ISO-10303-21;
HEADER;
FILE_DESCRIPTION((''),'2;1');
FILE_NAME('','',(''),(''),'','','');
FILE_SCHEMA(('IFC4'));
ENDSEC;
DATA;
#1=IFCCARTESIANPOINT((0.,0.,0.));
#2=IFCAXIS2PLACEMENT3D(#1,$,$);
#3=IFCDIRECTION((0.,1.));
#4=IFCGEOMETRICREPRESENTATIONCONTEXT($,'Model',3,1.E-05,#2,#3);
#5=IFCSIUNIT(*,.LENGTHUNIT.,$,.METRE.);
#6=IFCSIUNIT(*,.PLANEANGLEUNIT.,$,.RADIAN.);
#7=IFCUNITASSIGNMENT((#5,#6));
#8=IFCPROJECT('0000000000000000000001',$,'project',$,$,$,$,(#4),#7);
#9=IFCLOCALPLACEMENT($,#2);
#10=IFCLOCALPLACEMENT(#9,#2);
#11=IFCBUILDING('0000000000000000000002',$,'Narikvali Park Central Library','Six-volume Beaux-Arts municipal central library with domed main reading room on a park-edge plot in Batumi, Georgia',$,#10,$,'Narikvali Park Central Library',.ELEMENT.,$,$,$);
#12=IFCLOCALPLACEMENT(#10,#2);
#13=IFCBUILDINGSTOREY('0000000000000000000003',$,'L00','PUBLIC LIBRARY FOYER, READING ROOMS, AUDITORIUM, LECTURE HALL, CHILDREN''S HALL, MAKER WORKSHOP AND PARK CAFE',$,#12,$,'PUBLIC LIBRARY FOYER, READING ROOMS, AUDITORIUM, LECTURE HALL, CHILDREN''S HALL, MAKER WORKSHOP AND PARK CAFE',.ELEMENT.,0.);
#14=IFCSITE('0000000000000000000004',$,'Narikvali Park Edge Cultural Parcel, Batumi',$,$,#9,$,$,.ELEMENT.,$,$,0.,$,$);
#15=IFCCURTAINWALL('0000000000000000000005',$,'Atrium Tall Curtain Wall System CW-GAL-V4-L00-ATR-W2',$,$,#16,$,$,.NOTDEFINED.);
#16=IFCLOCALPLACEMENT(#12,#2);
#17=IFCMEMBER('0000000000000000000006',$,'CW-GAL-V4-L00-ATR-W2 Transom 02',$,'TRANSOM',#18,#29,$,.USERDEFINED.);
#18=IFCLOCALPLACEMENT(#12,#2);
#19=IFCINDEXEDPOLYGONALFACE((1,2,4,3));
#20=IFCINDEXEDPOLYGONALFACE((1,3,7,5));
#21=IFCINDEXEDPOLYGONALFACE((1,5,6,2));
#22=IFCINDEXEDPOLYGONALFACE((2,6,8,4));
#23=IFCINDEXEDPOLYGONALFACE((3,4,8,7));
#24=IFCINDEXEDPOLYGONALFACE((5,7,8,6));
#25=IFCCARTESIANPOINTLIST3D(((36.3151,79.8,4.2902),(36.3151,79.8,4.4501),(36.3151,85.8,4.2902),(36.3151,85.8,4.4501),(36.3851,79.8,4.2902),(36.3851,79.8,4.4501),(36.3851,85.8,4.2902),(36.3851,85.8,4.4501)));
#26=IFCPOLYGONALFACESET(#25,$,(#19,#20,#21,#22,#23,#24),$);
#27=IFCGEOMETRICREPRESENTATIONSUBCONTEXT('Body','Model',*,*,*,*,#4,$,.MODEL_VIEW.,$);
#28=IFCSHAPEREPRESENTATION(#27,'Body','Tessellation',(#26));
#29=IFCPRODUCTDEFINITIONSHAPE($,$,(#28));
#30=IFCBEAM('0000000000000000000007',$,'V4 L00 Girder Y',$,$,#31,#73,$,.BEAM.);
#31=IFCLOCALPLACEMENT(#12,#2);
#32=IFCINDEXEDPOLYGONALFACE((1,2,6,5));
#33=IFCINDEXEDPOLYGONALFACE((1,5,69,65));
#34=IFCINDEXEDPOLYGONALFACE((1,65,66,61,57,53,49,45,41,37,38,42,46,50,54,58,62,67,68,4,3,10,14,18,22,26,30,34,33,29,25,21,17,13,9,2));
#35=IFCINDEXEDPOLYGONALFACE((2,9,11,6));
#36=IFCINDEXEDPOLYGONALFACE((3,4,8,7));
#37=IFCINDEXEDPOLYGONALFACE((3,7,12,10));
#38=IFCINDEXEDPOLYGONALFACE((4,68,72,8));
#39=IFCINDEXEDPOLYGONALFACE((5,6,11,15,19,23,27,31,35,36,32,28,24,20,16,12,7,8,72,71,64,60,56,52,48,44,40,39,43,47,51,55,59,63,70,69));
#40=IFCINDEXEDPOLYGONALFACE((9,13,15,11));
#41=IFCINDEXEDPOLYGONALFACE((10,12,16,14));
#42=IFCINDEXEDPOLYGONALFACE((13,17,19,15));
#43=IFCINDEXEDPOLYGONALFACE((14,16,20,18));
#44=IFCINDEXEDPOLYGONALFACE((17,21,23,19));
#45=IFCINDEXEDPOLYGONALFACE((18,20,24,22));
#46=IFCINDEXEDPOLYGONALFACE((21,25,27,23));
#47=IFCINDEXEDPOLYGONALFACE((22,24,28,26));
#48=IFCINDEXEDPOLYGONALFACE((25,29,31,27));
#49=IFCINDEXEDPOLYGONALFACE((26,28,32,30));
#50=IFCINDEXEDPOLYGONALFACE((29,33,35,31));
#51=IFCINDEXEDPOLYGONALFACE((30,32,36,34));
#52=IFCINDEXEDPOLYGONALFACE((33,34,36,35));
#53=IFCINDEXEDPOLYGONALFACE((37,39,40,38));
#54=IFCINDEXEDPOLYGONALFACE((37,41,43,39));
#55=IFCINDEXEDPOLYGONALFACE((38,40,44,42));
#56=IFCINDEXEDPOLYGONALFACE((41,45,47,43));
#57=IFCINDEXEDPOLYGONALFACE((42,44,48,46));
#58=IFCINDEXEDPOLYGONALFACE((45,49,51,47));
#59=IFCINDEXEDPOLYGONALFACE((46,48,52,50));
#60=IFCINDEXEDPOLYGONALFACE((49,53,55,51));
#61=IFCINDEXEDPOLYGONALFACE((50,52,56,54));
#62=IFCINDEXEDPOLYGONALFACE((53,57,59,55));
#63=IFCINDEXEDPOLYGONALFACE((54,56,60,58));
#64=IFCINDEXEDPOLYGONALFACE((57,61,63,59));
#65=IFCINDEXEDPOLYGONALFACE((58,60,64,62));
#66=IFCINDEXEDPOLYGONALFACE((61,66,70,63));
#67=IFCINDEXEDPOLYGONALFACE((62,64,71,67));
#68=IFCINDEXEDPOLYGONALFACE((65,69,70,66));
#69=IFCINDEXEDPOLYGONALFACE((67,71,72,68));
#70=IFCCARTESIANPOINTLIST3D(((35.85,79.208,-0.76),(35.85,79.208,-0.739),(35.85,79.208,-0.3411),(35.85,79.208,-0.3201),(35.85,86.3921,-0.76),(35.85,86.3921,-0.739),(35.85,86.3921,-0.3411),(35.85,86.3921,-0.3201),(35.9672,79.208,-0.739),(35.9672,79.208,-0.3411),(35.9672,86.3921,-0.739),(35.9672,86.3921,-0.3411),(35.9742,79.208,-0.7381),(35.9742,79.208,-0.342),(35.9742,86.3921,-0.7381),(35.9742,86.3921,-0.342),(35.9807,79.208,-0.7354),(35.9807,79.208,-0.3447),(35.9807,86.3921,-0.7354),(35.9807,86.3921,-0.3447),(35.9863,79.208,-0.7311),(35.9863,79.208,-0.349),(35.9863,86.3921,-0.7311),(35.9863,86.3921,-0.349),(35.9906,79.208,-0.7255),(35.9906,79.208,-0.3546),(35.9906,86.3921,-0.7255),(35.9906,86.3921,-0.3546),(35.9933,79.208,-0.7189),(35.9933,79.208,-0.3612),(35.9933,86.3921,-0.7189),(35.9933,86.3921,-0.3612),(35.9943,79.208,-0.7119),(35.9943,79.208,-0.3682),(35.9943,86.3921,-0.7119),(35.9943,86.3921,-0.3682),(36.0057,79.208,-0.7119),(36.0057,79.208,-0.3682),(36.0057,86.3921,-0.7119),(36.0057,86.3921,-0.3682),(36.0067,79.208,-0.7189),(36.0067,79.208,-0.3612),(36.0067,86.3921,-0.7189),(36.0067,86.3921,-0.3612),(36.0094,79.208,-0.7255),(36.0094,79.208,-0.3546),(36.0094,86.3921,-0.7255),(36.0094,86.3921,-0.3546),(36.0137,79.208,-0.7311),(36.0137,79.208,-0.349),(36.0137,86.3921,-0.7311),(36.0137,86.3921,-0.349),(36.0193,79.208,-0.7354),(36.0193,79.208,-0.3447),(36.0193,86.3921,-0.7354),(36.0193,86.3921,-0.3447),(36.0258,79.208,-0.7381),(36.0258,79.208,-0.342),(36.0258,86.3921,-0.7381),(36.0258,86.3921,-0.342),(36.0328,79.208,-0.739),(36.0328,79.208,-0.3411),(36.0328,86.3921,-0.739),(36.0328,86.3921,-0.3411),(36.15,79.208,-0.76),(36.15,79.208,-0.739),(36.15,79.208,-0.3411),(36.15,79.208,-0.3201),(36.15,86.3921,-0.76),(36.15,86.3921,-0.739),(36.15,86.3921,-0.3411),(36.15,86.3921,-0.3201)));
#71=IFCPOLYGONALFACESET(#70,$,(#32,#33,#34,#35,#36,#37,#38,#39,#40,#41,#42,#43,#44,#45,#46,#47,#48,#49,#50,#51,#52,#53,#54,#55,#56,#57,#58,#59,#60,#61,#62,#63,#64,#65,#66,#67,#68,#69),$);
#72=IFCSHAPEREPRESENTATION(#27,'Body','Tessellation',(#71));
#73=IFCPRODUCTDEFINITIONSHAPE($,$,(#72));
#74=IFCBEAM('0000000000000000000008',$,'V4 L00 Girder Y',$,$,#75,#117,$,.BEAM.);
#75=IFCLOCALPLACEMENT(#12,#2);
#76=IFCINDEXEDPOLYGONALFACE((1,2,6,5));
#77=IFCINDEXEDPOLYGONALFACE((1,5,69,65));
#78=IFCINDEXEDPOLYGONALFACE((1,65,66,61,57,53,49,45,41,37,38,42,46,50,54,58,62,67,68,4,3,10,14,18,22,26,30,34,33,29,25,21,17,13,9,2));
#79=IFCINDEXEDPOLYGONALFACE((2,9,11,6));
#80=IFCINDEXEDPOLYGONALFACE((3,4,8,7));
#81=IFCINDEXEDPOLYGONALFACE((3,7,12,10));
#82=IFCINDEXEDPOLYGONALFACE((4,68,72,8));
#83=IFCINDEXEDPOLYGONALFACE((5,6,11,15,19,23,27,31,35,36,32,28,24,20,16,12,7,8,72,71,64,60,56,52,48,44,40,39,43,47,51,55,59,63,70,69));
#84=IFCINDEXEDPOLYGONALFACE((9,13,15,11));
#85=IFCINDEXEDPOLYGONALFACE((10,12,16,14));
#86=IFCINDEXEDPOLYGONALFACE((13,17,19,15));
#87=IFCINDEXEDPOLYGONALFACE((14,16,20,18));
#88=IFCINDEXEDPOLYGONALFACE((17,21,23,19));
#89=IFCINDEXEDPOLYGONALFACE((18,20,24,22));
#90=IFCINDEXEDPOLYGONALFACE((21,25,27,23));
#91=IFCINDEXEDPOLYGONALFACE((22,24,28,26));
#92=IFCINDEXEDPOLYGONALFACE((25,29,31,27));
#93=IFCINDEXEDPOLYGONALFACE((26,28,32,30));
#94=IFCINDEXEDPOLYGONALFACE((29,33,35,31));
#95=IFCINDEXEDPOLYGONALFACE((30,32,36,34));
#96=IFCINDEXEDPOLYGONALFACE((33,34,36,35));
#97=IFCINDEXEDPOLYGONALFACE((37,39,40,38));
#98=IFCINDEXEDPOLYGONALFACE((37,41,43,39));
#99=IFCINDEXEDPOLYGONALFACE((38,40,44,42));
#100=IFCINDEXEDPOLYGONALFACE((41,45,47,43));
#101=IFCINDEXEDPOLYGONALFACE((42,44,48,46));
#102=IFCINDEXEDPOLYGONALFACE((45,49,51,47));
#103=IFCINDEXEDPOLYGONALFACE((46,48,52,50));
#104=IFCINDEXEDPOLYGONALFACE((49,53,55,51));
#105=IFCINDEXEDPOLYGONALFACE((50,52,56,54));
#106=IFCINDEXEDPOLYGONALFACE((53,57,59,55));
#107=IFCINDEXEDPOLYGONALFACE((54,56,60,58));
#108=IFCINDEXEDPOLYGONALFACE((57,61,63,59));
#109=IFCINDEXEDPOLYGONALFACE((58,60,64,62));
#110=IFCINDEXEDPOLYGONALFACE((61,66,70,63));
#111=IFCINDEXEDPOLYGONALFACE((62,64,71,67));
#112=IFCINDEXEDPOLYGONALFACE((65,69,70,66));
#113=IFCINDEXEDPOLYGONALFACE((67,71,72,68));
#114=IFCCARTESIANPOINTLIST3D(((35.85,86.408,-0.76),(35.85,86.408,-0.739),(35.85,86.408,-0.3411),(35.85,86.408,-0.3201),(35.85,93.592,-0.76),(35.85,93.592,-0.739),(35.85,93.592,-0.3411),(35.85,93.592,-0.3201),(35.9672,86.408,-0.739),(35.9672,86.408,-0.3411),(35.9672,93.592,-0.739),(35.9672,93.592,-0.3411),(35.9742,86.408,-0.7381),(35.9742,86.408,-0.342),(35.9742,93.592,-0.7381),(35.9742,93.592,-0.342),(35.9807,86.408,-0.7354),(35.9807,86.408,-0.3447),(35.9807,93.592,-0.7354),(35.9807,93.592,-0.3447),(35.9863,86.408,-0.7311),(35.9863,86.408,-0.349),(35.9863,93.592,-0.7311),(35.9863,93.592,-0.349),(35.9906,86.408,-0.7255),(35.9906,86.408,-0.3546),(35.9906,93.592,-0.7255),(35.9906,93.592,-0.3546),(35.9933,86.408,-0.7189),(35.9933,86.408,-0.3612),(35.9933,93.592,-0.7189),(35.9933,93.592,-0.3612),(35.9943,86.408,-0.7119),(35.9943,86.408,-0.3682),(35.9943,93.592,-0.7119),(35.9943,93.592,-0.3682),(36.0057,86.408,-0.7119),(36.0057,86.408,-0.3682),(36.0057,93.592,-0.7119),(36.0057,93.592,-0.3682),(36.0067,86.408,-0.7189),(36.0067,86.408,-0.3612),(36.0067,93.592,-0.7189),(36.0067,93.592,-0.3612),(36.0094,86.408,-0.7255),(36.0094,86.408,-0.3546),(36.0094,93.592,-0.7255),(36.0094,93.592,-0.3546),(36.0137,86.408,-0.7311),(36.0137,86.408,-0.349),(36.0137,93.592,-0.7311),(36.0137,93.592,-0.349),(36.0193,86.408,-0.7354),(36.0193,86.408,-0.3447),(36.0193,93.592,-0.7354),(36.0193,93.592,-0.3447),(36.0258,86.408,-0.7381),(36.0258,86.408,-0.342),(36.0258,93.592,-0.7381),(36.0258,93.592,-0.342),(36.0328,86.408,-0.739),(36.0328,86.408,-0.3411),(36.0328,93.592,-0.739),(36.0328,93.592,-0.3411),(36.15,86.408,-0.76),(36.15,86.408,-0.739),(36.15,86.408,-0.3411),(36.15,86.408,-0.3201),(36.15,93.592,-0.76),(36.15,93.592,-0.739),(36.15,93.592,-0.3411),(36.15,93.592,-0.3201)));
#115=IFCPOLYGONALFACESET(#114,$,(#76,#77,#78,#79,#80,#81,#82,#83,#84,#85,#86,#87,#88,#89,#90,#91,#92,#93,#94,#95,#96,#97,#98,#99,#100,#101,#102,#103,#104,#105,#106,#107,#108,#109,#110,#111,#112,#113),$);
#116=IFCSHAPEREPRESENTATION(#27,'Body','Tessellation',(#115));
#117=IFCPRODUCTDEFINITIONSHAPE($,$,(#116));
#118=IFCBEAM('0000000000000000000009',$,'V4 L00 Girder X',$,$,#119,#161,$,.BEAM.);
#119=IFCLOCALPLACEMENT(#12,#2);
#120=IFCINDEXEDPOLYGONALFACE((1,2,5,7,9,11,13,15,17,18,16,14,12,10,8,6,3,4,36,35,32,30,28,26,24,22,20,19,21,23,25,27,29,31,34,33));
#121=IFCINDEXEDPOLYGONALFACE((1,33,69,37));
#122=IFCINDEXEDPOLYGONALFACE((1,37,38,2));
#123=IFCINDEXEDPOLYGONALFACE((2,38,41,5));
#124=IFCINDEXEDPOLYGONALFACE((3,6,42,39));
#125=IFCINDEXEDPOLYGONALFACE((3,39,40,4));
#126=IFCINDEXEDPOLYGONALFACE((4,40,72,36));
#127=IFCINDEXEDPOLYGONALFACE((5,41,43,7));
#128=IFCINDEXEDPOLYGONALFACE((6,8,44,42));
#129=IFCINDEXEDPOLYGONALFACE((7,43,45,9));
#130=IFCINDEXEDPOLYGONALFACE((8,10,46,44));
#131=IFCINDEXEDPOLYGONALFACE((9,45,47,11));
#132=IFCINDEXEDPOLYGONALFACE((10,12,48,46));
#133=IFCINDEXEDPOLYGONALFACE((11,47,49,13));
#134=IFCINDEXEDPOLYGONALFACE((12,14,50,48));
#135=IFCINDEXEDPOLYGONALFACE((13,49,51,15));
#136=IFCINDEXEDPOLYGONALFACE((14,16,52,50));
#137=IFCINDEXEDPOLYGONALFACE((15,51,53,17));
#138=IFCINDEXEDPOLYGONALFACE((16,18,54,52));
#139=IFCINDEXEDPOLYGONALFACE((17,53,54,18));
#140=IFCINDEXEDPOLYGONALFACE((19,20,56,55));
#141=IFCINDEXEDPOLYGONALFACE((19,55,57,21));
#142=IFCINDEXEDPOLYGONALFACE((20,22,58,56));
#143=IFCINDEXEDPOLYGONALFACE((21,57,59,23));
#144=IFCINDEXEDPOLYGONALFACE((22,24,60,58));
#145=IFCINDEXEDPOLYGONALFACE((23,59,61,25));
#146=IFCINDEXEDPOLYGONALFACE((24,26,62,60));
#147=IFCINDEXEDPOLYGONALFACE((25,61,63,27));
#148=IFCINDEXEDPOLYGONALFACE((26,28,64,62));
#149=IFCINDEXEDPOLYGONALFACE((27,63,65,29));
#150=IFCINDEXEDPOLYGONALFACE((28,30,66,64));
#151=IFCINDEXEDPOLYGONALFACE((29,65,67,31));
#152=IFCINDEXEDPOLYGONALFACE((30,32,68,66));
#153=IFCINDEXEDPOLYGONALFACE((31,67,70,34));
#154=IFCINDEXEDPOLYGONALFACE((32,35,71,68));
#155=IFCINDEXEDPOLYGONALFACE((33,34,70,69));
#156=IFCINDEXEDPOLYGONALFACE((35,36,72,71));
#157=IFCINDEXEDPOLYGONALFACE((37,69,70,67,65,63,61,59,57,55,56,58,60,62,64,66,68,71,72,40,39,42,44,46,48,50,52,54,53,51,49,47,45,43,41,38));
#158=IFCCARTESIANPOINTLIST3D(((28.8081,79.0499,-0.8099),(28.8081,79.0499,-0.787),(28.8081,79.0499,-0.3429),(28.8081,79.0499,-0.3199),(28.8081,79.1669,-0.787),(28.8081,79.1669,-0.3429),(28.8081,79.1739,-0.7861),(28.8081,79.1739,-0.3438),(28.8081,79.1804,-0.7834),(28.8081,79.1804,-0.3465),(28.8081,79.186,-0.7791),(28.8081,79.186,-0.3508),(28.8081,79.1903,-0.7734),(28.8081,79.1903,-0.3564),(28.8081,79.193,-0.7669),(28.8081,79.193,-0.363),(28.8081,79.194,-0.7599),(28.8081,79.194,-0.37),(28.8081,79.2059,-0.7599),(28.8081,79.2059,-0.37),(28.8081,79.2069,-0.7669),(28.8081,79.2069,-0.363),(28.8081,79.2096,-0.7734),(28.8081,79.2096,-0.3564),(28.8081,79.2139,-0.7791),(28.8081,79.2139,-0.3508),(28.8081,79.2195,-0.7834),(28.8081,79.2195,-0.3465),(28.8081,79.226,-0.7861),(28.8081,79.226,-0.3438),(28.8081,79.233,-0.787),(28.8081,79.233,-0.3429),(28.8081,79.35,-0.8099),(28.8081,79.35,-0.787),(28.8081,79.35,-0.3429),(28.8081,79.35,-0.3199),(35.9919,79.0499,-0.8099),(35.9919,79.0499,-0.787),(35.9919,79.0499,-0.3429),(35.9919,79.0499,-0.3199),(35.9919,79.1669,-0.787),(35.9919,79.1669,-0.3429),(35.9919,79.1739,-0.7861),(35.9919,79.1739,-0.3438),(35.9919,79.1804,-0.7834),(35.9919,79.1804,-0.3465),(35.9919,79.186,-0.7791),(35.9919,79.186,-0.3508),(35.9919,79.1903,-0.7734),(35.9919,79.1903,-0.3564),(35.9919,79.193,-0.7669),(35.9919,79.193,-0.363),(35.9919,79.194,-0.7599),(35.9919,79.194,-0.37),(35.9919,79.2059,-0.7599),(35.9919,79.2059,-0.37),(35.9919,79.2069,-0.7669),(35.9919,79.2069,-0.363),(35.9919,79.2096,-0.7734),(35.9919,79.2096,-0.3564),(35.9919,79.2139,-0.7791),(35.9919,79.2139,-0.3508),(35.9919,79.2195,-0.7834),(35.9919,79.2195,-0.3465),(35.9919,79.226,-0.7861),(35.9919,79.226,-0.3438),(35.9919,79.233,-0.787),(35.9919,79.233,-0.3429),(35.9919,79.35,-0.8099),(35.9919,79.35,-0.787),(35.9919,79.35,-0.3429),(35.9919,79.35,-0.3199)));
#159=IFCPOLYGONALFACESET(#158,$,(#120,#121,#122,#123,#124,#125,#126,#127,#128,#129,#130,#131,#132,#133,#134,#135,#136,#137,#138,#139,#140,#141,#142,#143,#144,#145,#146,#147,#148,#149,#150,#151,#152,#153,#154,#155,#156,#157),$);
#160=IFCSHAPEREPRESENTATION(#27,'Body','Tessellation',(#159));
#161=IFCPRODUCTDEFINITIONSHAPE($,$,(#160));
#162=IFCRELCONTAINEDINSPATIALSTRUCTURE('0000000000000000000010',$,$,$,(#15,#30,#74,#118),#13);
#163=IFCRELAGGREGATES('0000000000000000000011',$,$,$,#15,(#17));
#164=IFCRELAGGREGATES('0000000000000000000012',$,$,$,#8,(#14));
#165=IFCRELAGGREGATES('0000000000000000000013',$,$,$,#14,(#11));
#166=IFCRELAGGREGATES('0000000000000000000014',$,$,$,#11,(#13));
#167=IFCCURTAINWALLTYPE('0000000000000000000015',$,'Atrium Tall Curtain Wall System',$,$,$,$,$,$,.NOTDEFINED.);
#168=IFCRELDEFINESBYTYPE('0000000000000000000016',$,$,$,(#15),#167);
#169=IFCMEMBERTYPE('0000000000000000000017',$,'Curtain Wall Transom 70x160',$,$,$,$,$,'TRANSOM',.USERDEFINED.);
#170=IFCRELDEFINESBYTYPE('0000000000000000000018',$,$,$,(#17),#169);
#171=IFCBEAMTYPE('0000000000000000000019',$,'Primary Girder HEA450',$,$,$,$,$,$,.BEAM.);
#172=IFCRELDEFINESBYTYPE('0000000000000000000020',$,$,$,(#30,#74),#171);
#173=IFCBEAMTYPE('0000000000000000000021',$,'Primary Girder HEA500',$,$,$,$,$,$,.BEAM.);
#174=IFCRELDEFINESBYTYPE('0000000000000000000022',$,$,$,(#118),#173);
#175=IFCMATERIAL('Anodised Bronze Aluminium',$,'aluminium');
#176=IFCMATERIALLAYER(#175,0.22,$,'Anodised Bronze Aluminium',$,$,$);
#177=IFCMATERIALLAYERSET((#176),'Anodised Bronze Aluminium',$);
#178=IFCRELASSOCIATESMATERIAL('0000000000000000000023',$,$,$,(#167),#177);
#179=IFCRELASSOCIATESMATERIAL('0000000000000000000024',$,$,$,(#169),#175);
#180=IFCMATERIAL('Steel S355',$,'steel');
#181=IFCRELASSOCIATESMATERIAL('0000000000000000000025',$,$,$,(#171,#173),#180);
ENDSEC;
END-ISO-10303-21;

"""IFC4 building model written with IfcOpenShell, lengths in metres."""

from ifc_helpers import new_model, si_unit, direction, frame, origin, origin_2d, place, context, subcontext, project, spatial, rectangle, i_section, extrude, material, layer, layer_set, material_profile, profile_set, type_object, element, aggregate, save


model = new_model("IFC4")

# Units and contexts
model_context = context("Model", 3, precision=1e-05, world=origin(), true_north=direction((0.0, 1.0)))
body_context = subcontext(model_context, "Body", "Model", "MODEL_VIEW")
ifc_project = project(units=[si_unit("LENGTHUNIT", "METRE"), si_unit("PLANEANGLEUNIT", "RADIAN")], contexts=[model_context])

# Site, building, storey
site_placement = place(None, origin())
site = spatial("IfcSite", under=ifc_project, at=site_placement, Name="Narikvali Park Edge Cultural Parcel, Batumi", CompositionType="ELEMENT", RefElevation=0.0)
building_placement = place(site_placement, origin())
building = spatial("IfcBuilding", under=site, at=building_placement, Name="Narikvali Park Central Library", Description="Six-volume Beaux-Arts municipal central library with domed main reading room on a park-edge plot in Batumi, Georgia", LongName="Narikvali Park Central Library", CompositionType="ELEMENT")
storey_placement = place(building_placement, origin())
storey = spatial("IfcBuildingStorey", under=building, at=storey_placement, Name="L00", Description="PUBLIC LIBRARY FOYER, READING ROOMS, AUDITORIUM, LECTURE HALL, CHILDREN'S HALL, MAKER WORKSHOP AND PARK CAFE", LongName="PUBLIC LIBRARY FOYER, READING ROOMS, AUDITORIUM, LECTURE HALL, CHILDREN'S HALL, MAKER WORKSHOP AND PARK CAFE", CompositionType="ELEMENT", Elevation=0.0)

# Shared definitions
ifc_material_1 = material(Name="Steel S355", Category="steel")

# Curtain wall, member
ifc_material_2 = material(Name="Anodised Bronze Aluminium", Category="aluminium")
ifc_layer_1 = layer(ifc_material_2, 0.22, Name="Anodised Bronze Aluminium")
ifc_layer_set_1 = layer_set([ifc_layer_1], Name="Anodised Bronze Aluminium")
curtain_wall_type = type_object("IfcCurtainWallType", Name="Atrium Tall Curtain Wall System", PredefinedType="NOTDEFINED", material=ifc_layer_set_1)
curtain_wall_placement = place(storey_placement, origin())
curtain_wall = element("IfcCurtainWall", 1, at=curtain_wall_placement, inside=storey, type_object=curtain_wall_type, Name="Atrium Tall Curtain Wall System CW-GAL-V4-L00-ATR-W2", PredefinedType="NOTDEFINED")
ifc_material_profile_1 = material_profile(ifc_material_2, rectangle(XDim=0.0701, YDim=0.1599, at=origin_2d()), Name="CW TRANSOM 70x160")
ifc_profile_set_1 = profile_set([ifc_material_profile_1], Name="Anodised Bronze Aluminium")
member_type_1 = type_object("IfcMemberType", Name="Curtain Wall Transom 70x160", ElementType="TRANSOM", PredefinedType="USERDEFINED", material=ifc_profile_set_1)
member_1_placement = place(storey_placement, frame((36.3501, 79.8, 4.3701), z_axis=(0.0, 1.0, 0.0), x_axis=(-1.0, 0.0, 0.0)))
member_1 = element("IfcMember", 2, at=member_1_placement, type_object=member_type_1, Name="CW-GAL-V4-L00-ATR-W2 Transom 02", ObjectType="TRANSOM", PredefinedType="USERDEFINED", context=body_context, shape_type="SweptSolid", body=[
    extrude(rectangle(XDim=0.0701, YDim=0.1599, at=origin_2d()), origin(), (0.0, 0.0, 1.0), 6.0),
])

# Beams
ifc_material_profile_2 = material_profile(ifc_material_1, i_section(OverallWidth=0.3, OverallDepth=0.4399, WebThickness=0.0115, FlangeThickness=0.021, FilletRadius=0.0271, at=origin_2d()), Name="HEA 450")
ifc_profile_set_2 = profile_set([ifc_material_profile_2], Name="Steel S355")
beam_type_1 = type_object("IfcBeamType", Name="Primary Girder HEA450", PredefinedType="BEAM", material=ifc_profile_set_2)
for number, where, z_axis, x_axis, name in (
    (3, (36.0, 79.208, -0.54), (0.0, 1.0, 0.0), (-1.0, 0.0, 0.0), "V4 L00 Girder Y"),
    (4, (36.0, 86.408, -0.54), (0.0, 1.0, 0.0), (-1.0, 0.0, 0.0), "V4 L00 Girder Y"),
):
    element("IfcBeam", number, at=place(storey_placement, frame(where, z_axis=z_axis, x_axis=x_axis)), inside=storey, type_object=beam_type_1, Name=name, PredefinedType="BEAM", context=body_context, shape_type="SweptSolid", body=[
        extrude(i_section(OverallWidth=0.3, OverallDepth=0.4399, WebThickness=0.0115, FlangeThickness=0.021, FilletRadius=0.0271, at=origin_2d()), origin(), (0.0, 0.0, 1.0), 7.1841),
    ])
ifc_material_profile_3 = material_profile(ifc_material_1, i_section(OverallWidth=0.3, OverallDepth=0.49, WebThickness=0.012, FlangeThickness=0.0229, FilletRadius=0.0271, at=origin_2d()), Name="HEA 500")
ifc_profile_set_3 = profile_set([ifc_material_profile_3], Name="Steel S355")
beam_type_2 = type_object("IfcBeamType", Name="Primary Girder HEA500", PredefinedType="BEAM", material=ifc_profile_set_3)
for number, where, z_axis, x_axis, name in (
    (5, (28.8081, 79.2, -0.5649), (1.0, 0.0, 0.0), (0.0, 1.0, 0.0), "V4 L00 Girder X"),
):
    element("IfcBeam", number, at=place(storey_placement, frame(where, z_axis=z_axis, x_axis=x_axis)), inside=storey, type_object=beam_type_2, Name=name, PredefinedType="BEAM", context=body_context, shape_type="SweptSolid", body=[
        extrude(i_section(OverallWidth=0.3, OverallDepth=0.49, WebThickness=0.012, FlangeThickness=0.0229, FilletRadius=0.0271, at=origin_2d()), origin(), (0.0, 0.0, 1.0), 7.1838),
    ])

aggregate(curtain_wall, [member_1])

save(model, "model.ifc")
